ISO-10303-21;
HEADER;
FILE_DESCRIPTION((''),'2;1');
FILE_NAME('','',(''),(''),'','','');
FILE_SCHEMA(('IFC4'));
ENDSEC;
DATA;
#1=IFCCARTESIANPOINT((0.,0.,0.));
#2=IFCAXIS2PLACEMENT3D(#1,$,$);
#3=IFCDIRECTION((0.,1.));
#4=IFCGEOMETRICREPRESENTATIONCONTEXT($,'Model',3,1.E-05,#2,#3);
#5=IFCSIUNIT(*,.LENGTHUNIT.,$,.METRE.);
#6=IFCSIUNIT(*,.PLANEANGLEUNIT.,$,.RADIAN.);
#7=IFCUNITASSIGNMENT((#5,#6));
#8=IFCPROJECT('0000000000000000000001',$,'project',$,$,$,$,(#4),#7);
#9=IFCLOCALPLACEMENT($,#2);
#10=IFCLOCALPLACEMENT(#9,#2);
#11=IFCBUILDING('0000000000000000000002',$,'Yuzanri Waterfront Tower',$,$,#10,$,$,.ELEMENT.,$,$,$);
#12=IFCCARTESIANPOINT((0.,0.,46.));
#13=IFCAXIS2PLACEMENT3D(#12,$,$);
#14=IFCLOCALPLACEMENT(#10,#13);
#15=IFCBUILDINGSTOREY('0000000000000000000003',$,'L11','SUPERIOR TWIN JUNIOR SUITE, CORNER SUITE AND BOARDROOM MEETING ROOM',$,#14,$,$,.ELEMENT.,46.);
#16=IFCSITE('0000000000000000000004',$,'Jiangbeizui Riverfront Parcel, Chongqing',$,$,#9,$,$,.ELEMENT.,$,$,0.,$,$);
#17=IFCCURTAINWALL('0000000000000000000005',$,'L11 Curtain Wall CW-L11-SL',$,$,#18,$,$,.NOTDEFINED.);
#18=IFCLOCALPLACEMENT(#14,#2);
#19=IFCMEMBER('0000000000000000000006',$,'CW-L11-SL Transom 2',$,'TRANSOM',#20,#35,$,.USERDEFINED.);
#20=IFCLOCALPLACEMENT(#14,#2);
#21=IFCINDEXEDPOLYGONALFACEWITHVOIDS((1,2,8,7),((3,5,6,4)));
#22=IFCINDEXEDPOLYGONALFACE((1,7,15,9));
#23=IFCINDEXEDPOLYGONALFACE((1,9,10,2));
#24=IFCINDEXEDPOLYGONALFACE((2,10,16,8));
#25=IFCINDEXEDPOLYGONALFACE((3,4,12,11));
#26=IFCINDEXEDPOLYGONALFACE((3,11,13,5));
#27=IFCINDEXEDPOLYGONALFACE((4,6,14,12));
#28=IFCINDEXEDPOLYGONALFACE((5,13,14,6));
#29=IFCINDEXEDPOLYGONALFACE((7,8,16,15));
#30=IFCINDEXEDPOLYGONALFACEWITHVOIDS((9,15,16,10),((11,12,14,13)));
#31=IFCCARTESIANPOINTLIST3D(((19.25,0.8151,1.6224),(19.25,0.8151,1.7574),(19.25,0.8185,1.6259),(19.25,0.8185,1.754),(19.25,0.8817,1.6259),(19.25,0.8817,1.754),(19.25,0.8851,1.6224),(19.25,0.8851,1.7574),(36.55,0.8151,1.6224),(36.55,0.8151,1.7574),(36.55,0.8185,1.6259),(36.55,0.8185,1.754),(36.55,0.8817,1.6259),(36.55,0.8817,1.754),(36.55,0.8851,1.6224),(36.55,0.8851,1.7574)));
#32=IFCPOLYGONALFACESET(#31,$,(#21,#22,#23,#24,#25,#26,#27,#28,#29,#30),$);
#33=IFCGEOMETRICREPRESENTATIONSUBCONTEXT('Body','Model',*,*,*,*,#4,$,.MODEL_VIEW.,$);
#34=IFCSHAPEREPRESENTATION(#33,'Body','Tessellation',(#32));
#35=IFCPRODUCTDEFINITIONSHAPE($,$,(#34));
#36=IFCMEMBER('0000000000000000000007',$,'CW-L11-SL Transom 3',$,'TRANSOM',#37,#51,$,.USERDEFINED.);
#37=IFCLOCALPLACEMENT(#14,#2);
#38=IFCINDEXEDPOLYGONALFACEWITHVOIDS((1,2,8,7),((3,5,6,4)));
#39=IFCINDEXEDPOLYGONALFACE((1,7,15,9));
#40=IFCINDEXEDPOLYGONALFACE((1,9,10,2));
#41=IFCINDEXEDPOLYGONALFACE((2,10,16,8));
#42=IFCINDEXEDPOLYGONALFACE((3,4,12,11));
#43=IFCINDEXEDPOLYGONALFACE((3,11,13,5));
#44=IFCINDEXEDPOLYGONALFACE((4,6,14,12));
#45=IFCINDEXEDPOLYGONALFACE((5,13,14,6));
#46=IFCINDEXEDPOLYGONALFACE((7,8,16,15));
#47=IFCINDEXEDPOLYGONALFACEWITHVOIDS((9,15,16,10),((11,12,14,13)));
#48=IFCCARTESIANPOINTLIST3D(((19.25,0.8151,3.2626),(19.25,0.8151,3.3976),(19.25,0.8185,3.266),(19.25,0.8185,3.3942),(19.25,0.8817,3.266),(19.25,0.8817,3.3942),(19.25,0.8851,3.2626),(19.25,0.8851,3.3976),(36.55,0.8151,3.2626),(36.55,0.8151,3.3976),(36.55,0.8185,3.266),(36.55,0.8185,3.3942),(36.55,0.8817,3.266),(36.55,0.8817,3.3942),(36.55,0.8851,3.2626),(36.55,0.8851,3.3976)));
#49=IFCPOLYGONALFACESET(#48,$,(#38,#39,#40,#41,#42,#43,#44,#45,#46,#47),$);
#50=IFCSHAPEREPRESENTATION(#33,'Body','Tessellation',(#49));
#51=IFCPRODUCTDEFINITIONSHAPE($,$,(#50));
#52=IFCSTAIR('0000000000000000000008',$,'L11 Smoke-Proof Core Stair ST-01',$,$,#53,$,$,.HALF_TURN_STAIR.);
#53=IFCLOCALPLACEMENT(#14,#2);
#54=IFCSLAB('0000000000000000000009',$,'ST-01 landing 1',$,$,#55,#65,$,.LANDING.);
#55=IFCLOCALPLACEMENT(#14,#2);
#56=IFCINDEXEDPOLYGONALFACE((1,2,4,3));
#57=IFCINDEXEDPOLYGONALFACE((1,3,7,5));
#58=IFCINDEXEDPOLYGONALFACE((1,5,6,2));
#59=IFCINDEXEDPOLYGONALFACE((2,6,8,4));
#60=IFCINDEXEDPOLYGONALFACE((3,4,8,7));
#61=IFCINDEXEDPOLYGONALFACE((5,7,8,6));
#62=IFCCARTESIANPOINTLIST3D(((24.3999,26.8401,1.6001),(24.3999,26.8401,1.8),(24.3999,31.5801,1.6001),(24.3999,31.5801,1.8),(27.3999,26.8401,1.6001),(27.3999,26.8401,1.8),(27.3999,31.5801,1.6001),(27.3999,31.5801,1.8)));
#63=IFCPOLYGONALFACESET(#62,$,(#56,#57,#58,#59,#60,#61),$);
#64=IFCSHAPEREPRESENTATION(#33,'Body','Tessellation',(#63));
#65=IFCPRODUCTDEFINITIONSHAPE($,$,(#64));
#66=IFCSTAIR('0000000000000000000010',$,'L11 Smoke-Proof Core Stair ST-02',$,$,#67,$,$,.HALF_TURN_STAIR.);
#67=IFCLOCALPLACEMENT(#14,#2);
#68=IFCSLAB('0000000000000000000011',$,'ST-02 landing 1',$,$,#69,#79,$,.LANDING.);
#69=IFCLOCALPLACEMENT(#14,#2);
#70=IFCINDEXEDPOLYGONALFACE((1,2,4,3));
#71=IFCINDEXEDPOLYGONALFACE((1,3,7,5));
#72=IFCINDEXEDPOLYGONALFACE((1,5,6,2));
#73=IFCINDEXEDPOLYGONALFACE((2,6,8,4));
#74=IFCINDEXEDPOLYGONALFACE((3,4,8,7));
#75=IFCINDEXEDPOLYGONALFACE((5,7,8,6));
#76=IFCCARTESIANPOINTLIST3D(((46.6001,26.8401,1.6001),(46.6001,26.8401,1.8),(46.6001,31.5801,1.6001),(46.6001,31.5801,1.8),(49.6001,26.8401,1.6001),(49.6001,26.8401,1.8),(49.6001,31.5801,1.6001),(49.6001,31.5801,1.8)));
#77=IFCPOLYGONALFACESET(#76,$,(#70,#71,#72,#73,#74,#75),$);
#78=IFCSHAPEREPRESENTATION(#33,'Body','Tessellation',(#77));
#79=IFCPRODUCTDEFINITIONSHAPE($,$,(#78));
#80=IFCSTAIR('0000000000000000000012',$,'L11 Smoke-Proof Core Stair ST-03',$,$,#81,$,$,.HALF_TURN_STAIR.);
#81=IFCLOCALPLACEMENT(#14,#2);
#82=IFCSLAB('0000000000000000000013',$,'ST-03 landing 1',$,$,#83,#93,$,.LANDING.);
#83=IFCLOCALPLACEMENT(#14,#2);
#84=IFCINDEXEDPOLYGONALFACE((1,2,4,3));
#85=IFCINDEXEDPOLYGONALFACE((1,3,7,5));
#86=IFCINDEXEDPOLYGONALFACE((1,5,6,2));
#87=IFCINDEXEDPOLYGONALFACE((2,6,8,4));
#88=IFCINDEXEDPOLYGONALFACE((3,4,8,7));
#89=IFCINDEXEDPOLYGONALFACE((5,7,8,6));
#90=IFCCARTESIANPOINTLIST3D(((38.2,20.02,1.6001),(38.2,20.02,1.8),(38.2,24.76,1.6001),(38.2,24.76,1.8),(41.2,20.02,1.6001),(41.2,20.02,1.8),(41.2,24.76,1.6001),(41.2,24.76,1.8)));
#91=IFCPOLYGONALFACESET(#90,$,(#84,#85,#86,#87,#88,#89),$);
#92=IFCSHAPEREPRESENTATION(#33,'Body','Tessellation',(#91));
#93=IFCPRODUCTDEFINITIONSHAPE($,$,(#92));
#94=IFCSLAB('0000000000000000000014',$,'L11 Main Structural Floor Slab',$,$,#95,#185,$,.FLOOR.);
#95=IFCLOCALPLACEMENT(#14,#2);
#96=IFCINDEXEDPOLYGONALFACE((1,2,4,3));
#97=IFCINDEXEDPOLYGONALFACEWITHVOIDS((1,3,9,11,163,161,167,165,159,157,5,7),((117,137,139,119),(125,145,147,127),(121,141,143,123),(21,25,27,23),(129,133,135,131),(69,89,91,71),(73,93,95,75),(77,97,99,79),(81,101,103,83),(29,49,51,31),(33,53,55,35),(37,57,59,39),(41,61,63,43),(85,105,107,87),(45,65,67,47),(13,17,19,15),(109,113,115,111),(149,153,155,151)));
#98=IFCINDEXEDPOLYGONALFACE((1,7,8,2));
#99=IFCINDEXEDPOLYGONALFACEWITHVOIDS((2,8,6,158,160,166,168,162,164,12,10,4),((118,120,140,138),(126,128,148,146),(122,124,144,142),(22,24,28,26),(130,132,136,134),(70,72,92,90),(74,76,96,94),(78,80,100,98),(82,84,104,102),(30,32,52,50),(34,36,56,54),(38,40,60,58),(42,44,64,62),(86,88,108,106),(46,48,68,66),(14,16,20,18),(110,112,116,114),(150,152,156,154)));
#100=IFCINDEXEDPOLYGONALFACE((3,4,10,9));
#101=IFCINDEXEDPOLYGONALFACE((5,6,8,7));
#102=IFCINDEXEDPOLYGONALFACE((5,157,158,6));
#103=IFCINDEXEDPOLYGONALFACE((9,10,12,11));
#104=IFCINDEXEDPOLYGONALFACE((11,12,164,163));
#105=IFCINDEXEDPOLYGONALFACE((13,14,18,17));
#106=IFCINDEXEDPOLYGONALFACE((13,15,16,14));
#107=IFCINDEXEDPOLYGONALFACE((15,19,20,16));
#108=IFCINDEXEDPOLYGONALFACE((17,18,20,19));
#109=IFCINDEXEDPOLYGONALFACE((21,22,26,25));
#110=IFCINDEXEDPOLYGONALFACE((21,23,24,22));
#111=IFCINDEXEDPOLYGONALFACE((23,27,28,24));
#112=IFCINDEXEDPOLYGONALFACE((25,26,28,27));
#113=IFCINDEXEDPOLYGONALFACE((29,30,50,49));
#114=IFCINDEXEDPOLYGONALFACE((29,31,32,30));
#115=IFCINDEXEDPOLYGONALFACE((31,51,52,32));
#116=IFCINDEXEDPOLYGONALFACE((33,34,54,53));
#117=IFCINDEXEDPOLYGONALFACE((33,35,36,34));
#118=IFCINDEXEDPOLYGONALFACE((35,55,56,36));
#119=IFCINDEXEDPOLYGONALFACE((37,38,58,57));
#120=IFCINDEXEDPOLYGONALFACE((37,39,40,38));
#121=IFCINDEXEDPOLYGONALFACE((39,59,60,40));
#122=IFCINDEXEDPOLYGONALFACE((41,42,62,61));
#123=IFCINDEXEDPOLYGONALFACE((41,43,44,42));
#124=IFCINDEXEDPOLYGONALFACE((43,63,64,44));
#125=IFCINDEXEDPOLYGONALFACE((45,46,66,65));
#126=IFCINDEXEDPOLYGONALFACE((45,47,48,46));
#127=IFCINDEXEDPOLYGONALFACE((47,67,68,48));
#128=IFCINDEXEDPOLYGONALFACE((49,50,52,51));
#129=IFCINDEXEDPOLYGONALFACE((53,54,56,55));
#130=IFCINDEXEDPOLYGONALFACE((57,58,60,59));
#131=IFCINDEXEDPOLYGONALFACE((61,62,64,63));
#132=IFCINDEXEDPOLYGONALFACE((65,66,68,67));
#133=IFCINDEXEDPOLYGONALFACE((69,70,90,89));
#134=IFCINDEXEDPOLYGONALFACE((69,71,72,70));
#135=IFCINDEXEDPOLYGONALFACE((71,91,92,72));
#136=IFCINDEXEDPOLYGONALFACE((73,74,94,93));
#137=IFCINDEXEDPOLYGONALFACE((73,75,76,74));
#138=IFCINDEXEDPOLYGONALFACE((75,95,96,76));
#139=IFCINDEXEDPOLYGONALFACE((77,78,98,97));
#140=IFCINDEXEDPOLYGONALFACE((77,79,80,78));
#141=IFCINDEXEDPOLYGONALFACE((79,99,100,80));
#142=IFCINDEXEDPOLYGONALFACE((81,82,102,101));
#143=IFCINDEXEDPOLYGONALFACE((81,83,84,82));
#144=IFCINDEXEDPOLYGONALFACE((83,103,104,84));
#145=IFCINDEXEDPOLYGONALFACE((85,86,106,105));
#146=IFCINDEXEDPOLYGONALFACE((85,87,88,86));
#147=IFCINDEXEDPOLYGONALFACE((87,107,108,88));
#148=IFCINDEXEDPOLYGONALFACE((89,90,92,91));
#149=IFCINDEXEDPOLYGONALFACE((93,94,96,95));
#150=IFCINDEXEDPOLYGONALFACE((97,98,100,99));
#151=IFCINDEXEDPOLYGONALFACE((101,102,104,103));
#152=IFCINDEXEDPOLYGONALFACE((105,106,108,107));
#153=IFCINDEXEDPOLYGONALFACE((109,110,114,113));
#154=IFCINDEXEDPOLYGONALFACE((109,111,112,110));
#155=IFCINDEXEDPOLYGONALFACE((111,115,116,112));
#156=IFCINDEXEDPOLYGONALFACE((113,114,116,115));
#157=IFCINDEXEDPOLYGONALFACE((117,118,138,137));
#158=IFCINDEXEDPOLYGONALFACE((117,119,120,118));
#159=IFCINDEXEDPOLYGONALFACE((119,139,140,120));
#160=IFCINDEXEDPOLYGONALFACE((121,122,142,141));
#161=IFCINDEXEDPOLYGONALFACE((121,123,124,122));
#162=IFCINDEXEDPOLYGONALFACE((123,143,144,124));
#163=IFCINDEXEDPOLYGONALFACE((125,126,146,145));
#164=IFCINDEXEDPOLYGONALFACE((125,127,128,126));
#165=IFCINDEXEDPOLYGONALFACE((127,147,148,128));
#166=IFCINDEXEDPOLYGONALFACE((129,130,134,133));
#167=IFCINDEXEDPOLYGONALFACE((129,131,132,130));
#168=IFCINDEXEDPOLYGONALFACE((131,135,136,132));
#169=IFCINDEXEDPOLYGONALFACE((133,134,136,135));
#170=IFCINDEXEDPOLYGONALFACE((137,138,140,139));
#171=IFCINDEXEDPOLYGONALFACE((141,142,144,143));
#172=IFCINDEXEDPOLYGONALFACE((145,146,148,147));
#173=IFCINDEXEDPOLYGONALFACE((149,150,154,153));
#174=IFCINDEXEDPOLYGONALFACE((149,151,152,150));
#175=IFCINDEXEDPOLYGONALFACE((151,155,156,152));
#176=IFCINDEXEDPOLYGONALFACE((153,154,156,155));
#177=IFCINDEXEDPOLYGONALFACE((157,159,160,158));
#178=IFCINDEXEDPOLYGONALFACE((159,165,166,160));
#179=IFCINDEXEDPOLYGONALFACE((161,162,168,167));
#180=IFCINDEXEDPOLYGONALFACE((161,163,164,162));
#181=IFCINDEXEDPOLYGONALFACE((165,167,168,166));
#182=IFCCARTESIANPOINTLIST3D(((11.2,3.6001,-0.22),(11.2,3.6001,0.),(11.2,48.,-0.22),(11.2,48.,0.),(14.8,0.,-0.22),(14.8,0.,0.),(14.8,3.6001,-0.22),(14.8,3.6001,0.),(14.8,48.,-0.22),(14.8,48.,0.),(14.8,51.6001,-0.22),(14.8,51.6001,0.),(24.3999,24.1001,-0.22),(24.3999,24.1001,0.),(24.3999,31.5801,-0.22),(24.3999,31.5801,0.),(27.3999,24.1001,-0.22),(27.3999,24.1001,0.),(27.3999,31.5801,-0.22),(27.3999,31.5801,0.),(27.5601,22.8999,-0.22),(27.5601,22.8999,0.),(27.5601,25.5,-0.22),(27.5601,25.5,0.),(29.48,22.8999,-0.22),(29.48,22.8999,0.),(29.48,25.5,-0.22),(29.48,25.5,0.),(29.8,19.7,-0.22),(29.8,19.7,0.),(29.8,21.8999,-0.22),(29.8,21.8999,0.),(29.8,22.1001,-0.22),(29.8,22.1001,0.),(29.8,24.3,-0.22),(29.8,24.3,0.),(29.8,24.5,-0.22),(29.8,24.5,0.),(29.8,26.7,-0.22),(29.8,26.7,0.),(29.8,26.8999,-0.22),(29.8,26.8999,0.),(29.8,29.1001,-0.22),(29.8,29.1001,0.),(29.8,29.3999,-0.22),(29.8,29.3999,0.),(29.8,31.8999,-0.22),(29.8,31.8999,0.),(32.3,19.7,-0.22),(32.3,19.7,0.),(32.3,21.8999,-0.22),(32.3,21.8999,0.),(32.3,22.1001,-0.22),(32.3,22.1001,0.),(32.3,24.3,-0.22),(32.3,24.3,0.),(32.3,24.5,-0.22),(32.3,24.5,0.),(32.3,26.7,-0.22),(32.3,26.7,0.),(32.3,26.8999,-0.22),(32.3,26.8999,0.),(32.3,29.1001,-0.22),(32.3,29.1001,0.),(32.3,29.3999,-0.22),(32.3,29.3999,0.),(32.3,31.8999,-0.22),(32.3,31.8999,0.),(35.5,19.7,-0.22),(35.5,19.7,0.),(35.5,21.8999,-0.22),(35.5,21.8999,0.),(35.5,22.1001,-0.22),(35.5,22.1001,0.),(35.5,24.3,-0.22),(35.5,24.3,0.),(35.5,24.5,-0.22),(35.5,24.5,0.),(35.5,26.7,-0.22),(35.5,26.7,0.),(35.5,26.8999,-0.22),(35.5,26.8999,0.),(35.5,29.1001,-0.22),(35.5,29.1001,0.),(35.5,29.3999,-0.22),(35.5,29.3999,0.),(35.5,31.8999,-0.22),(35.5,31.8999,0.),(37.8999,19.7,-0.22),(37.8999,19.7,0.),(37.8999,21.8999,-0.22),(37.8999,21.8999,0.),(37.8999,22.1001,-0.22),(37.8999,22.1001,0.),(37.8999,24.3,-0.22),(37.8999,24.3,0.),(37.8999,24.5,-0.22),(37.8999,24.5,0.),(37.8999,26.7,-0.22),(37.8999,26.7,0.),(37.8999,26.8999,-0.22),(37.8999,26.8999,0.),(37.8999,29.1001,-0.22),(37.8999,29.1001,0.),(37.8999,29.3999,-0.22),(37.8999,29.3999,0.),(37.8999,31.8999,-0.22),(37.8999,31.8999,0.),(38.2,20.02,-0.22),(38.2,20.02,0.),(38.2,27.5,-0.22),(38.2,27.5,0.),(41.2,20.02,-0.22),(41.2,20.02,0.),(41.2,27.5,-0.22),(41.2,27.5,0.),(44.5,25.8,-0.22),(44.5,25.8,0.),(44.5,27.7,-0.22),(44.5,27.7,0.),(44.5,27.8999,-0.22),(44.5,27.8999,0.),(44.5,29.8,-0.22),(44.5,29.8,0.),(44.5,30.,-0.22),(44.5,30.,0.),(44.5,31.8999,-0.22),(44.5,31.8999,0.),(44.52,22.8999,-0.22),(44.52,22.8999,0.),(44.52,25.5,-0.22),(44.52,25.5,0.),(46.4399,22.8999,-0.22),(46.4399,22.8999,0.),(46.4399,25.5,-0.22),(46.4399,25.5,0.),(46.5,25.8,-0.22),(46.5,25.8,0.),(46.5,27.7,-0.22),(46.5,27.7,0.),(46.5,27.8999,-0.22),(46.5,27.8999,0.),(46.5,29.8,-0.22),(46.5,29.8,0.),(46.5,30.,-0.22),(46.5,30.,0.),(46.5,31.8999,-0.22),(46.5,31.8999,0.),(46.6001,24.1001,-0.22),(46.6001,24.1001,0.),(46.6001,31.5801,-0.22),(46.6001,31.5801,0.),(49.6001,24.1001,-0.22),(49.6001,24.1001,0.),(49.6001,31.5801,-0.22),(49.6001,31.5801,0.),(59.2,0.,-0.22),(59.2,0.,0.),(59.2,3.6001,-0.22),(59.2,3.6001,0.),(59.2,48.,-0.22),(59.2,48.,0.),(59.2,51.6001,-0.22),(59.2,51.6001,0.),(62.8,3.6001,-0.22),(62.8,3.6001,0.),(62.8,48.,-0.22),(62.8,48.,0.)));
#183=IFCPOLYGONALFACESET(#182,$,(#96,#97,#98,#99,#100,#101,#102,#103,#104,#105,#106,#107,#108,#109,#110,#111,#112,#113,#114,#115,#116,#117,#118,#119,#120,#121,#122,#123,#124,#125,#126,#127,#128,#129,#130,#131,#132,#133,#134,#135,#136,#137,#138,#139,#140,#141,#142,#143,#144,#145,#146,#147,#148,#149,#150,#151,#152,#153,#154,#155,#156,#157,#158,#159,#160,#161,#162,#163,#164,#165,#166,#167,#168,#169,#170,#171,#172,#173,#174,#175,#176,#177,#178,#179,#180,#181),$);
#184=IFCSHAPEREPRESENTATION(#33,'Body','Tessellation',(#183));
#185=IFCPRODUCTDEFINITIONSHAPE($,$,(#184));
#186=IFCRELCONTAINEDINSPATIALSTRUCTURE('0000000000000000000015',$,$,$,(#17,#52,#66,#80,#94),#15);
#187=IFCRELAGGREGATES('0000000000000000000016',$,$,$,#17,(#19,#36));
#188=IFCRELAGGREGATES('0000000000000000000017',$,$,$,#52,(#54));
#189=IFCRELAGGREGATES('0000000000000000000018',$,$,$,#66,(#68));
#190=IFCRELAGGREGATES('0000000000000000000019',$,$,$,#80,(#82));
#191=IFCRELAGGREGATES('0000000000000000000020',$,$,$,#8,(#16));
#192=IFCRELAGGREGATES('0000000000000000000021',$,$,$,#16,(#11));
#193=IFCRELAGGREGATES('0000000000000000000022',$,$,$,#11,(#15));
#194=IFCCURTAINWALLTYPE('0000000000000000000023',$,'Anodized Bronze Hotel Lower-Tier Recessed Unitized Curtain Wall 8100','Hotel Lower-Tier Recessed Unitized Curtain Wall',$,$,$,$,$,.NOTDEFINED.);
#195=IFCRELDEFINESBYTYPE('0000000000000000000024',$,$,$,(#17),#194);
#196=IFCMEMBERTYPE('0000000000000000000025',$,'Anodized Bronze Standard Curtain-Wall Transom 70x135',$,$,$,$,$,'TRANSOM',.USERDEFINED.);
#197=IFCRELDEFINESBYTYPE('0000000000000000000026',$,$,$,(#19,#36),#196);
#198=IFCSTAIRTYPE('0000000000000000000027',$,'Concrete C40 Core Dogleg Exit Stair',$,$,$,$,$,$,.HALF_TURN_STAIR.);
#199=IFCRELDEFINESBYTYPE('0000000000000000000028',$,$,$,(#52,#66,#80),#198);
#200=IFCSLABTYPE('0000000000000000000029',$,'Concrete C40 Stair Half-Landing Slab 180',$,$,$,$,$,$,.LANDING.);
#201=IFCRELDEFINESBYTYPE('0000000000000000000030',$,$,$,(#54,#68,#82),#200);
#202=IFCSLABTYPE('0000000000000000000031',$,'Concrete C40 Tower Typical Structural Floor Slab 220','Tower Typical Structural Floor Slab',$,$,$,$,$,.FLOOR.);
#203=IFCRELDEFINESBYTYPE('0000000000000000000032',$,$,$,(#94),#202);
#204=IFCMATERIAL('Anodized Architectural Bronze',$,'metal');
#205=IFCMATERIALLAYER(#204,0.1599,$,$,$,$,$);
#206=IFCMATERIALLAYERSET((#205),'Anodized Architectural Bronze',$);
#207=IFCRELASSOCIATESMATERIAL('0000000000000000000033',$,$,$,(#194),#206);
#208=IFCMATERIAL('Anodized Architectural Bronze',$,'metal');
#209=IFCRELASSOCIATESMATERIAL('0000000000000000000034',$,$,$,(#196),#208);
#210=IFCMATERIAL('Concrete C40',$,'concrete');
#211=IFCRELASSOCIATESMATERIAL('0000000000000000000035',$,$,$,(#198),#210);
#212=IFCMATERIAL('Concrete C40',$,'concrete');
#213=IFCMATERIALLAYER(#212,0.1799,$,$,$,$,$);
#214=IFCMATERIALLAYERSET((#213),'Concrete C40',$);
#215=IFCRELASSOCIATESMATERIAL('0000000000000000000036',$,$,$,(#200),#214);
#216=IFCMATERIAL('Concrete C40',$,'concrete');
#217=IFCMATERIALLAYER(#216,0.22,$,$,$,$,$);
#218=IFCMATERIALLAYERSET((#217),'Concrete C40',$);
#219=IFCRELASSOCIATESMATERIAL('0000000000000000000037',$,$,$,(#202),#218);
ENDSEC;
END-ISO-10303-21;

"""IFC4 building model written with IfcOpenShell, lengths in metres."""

from ifc_helpers import new_model, si_unit, direction, frame, origin, origin_2d, place, context, subcontext, project, spatial, polyline, hollow_rectangle, outline, extrude, source, transform, mapped, material, layer, layer_set, material_profile, profile_set, type_object, element, aggregate, save


model = new_model("IFC4")

# Units and contexts
model_context = context("Model", 3, precision=1e-05, world=origin(), true_north=direction((0.0, 1.0)))
body_context = subcontext(model_context, "Body", "Model", "MODEL_VIEW")
ifc_project = project(units=[si_unit("LENGTHUNIT", "METRE"), si_unit("PLANEANGLEUNIT", "RADIAN")], contexts=[model_context])

# Site, building, storey
site_placement = place(None, origin())
site = spatial("IfcSite", under=ifc_project, at=site_placement, Name="Jiangbeizui Riverfront Parcel, Chongqing", CompositionType="ELEMENT", RefElevation=0.0)
building_placement = place(site_placement, origin())
building = spatial("IfcBuilding", under=site, at=building_placement, Name="Yuzanri Waterfront Tower", CompositionType="ELEMENT")
storey_placement = place(building_placement, frame((0.0, 0.0, 46.0)))
storey = spatial("IfcBuildingStorey", under=building, at=storey_placement, Name="L11", Description="SUPERIOR TWIN JUNIOR SUITE, CORNER SUITE AND BOARDROOM MEETING ROOM", CompositionType="ELEMENT", Elevation=46.0)

# Curtain wall, members
ifc_material_1 = material(Name="Anodized Architectural Bronze", Category="metal")
ifc_layer_1 = layer(ifc_material_1, 0.1599)
ifc_layer_set_1 = layer_set([ifc_layer_1], Name="Anodized Architectural Bronze")
curtain_wall_type = type_object("IfcCurtainWallType", Name="Anodized Bronze Hotel Lower-Tier Recessed Unitized Curtain Wall 8100", Description="Hotel Lower-Tier Recessed Unitized Curtain Wall", PredefinedType="NOTDEFINED", material=ifc_layer_set_1)
curtain_wall_placement = place(storey_placement, origin())
curtain_wall = element("IfcCurtainWall", 1, at=curtain_wall_placement, inside=storey, type_object=curtain_wall_type, Name="L11 Curtain Wall CW-L11-SL", PredefinedType="NOTDEFINED")
ifc_material_2 = material(Name="Anodized Architectural Bronze", Category="metal")
ifc_material_profile_1 = material_profile(ifc_material_2, hollow_rectangle(XDim=0.0701, YDim=0.135, WallThickness=0.0034, at=origin_2d()), Name="CWT 70x135")
ifc_profile_set_1 = profile_set([ifc_material_profile_1], Name="Anodized Architectural Bronze")
member_type_1 = type_object("IfcMemberType", Name="Anodized Bronze Standard Curtain-Wall Transom 70x135", ElementType="TRANSOM", PredefinedType="USERDEFINED", material=ifc_profile_set_1)
shared_shape_1 = source(origin(), body_context, "Body", "SweptSolid", [
    extrude(hollow_rectangle(XDim=0.0701, YDim=0.135, WallThickness=0.0034, at=origin_2d()), origin(), (0.0, 0.0, 1.0), 17.3),
])
member_1_placement = place(storey_placement, frame((19.25, 0.8501, 1.6899), z_axis=(1.0, 0.0, 0.0), x_axis=(0.0, 1.0, 0.0)))
member_1 = element("IfcMember", 2, at=member_1_placement, type_object=member_type_1, Name="CW-L11-SL Transom 2", ObjectType="TRANSOM", PredefinedType="USERDEFINED", context=body_context, shape_type="MappedRepresentation", body=[
    mapped(shared_shape_1, transform((0.0, 0.0, 0.0), scale=1.0)),
])
member_2_placement = place(storey_placement, frame((19.25, 0.8501, 3.3301), z_axis=(1.0, 0.0, 0.0), x_axis=(0.0, 1.0, 0.0)))
member_2 = element("IfcMember", 3, at=member_2_placement, type_object=member_type_1, Name="CW-L11-SL Transom 3", ObjectType="TRANSOM", PredefinedType="USERDEFINED", context=body_context, shape_type="MappedRepresentation", body=[
    mapped(shared_shape_1, transform((0.0, 0.0, 0.0), scale=1.0)),
])
aggregate(curtain_wall, [member_1, member_2])

# Stairs, slabs
ifc_material_3 = material(Name="Concrete C40", Category="concrete")
stair_type = type_object("IfcStairType", Name="Concrete C40 Core Dogleg Exit Stair", PredefinedType="HALF_TURN_STAIR", material=ifc_material_3)
stair_1_placement = place(storey_placement, origin())
stair_1 = element("IfcStair", 4, at=stair_1_placement, inside=storey, type_object=stair_type, Name="L11 Smoke-Proof Core Stair ST-01", PredefinedType="HALF_TURN_STAIR")
ifc_material_4 = material(Name="Concrete C40", Category="concrete")
ifc_layer_2 = layer(ifc_material_4, 0.1799)
ifc_layer_set_2 = layer_set([ifc_layer_2], Name="Concrete C40")
slab_type_1 = type_object("IfcSlabType", Name="Concrete C40 Stair Half-Landing Slab 180", PredefinedType="LANDING", material=ifc_layer_set_2)
slab_1_placement = place(storey_placement, frame((0.0, 0.0, 1.6001)))
slab_1 = element("IfcSlab", 5, at=slab_1_placement, type_object=slab_type_1, Name="ST-01 landing 1", PredefinedType="LANDING", context=body_context, shape_type="SweptSolid", body=[
    extrude(outline(polyline([(27.3999, 26.8401), (27.3999, 31.5801), (24.3999, 31.5801), (24.3999, 26.8401), (27.3999, 26.8401)])), origin(), (0.0, 0.0, 1.0), 0.2),
])
aggregate(stair_1, [slab_1])
stair_2_placement = place(storey_placement, origin())
stair_2 = element("IfcStair", 6, at=stair_2_placement, inside=storey, type_object=stair_type, Name="L11 Smoke-Proof Core Stair ST-02", PredefinedType="HALF_TURN_STAIR")
slab_2_placement = place(storey_placement, frame((0.0, 0.0, 1.6001)))
slab_2 = element("IfcSlab", 7, at=slab_2_placement, type_object=slab_type_1, Name="ST-02 landing 1", PredefinedType="LANDING", context=body_context, shape_type="SweptSolid", body=[
    extrude(outline(polyline([(49.6001, 26.8401), (49.6001, 31.5801), (46.6001, 31.5801), (46.6001, 26.8401), (49.6001, 26.8401)])), origin(), (0.0, 0.0, 1.0), 0.2),
])
aggregate(stair_2, [slab_2])
stair_3_placement = place(storey_placement, origin())
stair_3 = element("IfcStair", 8, at=stair_3_placement, inside=storey, type_object=stair_type, Name="L11 Smoke-Proof Core Stair ST-03", PredefinedType="HALF_TURN_STAIR")
slab_3_placement = place(storey_placement, frame((0.0, 0.0, 1.6001)))
slab_3 = element("IfcSlab", 9, at=slab_3_placement, type_object=slab_type_1, Name="ST-03 landing 1", PredefinedType="LANDING", context=body_context, shape_type="SweptSolid", body=[
    extrude(outline(polyline([(38.2, 24.76), (38.2, 20.02), (41.2, 20.02), (41.2, 24.76), (38.2, 24.76)])), origin(), (0.0, 0.0, 1.0), 0.2),
])
aggregate(stair_3, [slab_3])

# Slab
ifc_material_5 = material(Name="Concrete C40", Category="concrete")
ifc_layer_3 = layer(ifc_material_5, 0.22)
ifc_layer_set_3 = layer_set([ifc_layer_3], Name="Concrete C40")
slab_type_2 = type_object("IfcSlabType", Name="Concrete C40 Tower Typical Structural Floor Slab 220", Description="Tower Typical Structural Floor Slab", PredefinedType="FLOOR", material=ifc_layer_set_3)
slab_4_placement = place(storey_placement, frame((0.0, 0.0, -0.22)))
element("IfcSlab", 10, at=slab_4_placement, inside=storey, type_object=slab_type_2, Name="L11 Main Structural Floor Slab", PredefinedType="FLOOR", context=body_context, shape_type="SweptSolid", body=[
    extrude(outline(polyline([(14.8, 0.0), (59.2, 0.0), (59.2, 3.6001), (62.8, 3.6001), (62.8, 48.0), (59.2, 48.0), (59.2, 51.6001), (14.8, 51.6001), (14.8, 48.0), (11.2, 48.0), (11.2, 3.6001), (14.8, 3.6001), (14.8, 0.0)]), holes=[polyline([(27.3999, 24.1001), (27.3999, 31.5801), (24.3999, 31.5801), (24.3999, 24.1001), (27.3999, 24.1001)]), polyline([(49.6001, 24.1001), (49.6001, 31.5801), (46.6001, 31.5801), (46.6001, 24.1001), (49.6001, 24.1001)]), polyline([(38.2, 27.5), (38.2, 20.02), (41.2, 20.02), (41.2, 27.5), (38.2, 27.5)]), polyline([(27.5601, 22.8999), (29.48, 22.8999), (29.48, 25.5), (27.5601, 25.5), (27.5601, 22.8999)]), polyline([(44.52, 22.8999), (46.4399, 22.8999), (46.4399, 25.5), (44.52, 25.5), (44.52, 22.8999)]), polyline([(29.8, 19.7), (32.3, 19.7), (32.3, 21.8999), (29.8, 21.8999), (29.8, 19.7)]), polyline([(29.8, 22.1001), (32.3, 22.1001), (32.3, 24.3), (29.8, 24.3), (29.8, 22.1001)]), polyline([(29.8, 24.5), (32.3, 24.5), (32.3, 26.7), (29.8, 26.7), (29.8, 24.5)]), polyline([(29.8, 26.8999), (32.3, 26.8999), (32.3, 29.1001), (29.8, 29.1001), (29.8, 26.8999)]), polyline([(29.8, 29.3999), (32.3, 29.3999), (32.3, 31.8999), (29.8, 31.8999), (29.8, 29.3999)]), polyline([(35.5, 19.7), (37.8999, 19.7), (37.8999, 21.8999), (35.5, 21.8999), (35.5, 19.7)]), polyline([(35.5, 22.1001), (37.8999, 22.1001), (37.8999, 24.3), (35.5, 24.3), (35.5, 22.1001)]), polyline([(35.5, 24.5), (37.8999, 24.5), (37.8999, 26.7), (35.5, 26.7), (35.5, 24.5)]), polyline([(35.5, 26.8999), (37.8999, 26.8999), (37.8999, 29.1001), (35.5, 29.1001), (35.5, 26.8999)]), polyline([(35.5, 29.3999), (37.8999, 29.3999), (37.8999, 31.8999), (35.5, 31.8999), (35.5, 29.3999)]), polyline([(44.5, 25.8), (46.5, 25.8), (46.5, 27.7), (44.5, 27.7), (44.5, 25.8)]), polyline([(44.5, 27.8999), (46.5, 27.8999), (46.5, 29.8), (44.5, 29.8), (44.5, 27.8999)]), polyline([(44.5, 30.0), (46.5, 30.0), (46.5, 31.8999), (44.5, 31.8999), (44.5, 30.0)])]), origin(), (0.0, 0.0, 1.0), 0.22),
])

save(model, "model.ifc")
